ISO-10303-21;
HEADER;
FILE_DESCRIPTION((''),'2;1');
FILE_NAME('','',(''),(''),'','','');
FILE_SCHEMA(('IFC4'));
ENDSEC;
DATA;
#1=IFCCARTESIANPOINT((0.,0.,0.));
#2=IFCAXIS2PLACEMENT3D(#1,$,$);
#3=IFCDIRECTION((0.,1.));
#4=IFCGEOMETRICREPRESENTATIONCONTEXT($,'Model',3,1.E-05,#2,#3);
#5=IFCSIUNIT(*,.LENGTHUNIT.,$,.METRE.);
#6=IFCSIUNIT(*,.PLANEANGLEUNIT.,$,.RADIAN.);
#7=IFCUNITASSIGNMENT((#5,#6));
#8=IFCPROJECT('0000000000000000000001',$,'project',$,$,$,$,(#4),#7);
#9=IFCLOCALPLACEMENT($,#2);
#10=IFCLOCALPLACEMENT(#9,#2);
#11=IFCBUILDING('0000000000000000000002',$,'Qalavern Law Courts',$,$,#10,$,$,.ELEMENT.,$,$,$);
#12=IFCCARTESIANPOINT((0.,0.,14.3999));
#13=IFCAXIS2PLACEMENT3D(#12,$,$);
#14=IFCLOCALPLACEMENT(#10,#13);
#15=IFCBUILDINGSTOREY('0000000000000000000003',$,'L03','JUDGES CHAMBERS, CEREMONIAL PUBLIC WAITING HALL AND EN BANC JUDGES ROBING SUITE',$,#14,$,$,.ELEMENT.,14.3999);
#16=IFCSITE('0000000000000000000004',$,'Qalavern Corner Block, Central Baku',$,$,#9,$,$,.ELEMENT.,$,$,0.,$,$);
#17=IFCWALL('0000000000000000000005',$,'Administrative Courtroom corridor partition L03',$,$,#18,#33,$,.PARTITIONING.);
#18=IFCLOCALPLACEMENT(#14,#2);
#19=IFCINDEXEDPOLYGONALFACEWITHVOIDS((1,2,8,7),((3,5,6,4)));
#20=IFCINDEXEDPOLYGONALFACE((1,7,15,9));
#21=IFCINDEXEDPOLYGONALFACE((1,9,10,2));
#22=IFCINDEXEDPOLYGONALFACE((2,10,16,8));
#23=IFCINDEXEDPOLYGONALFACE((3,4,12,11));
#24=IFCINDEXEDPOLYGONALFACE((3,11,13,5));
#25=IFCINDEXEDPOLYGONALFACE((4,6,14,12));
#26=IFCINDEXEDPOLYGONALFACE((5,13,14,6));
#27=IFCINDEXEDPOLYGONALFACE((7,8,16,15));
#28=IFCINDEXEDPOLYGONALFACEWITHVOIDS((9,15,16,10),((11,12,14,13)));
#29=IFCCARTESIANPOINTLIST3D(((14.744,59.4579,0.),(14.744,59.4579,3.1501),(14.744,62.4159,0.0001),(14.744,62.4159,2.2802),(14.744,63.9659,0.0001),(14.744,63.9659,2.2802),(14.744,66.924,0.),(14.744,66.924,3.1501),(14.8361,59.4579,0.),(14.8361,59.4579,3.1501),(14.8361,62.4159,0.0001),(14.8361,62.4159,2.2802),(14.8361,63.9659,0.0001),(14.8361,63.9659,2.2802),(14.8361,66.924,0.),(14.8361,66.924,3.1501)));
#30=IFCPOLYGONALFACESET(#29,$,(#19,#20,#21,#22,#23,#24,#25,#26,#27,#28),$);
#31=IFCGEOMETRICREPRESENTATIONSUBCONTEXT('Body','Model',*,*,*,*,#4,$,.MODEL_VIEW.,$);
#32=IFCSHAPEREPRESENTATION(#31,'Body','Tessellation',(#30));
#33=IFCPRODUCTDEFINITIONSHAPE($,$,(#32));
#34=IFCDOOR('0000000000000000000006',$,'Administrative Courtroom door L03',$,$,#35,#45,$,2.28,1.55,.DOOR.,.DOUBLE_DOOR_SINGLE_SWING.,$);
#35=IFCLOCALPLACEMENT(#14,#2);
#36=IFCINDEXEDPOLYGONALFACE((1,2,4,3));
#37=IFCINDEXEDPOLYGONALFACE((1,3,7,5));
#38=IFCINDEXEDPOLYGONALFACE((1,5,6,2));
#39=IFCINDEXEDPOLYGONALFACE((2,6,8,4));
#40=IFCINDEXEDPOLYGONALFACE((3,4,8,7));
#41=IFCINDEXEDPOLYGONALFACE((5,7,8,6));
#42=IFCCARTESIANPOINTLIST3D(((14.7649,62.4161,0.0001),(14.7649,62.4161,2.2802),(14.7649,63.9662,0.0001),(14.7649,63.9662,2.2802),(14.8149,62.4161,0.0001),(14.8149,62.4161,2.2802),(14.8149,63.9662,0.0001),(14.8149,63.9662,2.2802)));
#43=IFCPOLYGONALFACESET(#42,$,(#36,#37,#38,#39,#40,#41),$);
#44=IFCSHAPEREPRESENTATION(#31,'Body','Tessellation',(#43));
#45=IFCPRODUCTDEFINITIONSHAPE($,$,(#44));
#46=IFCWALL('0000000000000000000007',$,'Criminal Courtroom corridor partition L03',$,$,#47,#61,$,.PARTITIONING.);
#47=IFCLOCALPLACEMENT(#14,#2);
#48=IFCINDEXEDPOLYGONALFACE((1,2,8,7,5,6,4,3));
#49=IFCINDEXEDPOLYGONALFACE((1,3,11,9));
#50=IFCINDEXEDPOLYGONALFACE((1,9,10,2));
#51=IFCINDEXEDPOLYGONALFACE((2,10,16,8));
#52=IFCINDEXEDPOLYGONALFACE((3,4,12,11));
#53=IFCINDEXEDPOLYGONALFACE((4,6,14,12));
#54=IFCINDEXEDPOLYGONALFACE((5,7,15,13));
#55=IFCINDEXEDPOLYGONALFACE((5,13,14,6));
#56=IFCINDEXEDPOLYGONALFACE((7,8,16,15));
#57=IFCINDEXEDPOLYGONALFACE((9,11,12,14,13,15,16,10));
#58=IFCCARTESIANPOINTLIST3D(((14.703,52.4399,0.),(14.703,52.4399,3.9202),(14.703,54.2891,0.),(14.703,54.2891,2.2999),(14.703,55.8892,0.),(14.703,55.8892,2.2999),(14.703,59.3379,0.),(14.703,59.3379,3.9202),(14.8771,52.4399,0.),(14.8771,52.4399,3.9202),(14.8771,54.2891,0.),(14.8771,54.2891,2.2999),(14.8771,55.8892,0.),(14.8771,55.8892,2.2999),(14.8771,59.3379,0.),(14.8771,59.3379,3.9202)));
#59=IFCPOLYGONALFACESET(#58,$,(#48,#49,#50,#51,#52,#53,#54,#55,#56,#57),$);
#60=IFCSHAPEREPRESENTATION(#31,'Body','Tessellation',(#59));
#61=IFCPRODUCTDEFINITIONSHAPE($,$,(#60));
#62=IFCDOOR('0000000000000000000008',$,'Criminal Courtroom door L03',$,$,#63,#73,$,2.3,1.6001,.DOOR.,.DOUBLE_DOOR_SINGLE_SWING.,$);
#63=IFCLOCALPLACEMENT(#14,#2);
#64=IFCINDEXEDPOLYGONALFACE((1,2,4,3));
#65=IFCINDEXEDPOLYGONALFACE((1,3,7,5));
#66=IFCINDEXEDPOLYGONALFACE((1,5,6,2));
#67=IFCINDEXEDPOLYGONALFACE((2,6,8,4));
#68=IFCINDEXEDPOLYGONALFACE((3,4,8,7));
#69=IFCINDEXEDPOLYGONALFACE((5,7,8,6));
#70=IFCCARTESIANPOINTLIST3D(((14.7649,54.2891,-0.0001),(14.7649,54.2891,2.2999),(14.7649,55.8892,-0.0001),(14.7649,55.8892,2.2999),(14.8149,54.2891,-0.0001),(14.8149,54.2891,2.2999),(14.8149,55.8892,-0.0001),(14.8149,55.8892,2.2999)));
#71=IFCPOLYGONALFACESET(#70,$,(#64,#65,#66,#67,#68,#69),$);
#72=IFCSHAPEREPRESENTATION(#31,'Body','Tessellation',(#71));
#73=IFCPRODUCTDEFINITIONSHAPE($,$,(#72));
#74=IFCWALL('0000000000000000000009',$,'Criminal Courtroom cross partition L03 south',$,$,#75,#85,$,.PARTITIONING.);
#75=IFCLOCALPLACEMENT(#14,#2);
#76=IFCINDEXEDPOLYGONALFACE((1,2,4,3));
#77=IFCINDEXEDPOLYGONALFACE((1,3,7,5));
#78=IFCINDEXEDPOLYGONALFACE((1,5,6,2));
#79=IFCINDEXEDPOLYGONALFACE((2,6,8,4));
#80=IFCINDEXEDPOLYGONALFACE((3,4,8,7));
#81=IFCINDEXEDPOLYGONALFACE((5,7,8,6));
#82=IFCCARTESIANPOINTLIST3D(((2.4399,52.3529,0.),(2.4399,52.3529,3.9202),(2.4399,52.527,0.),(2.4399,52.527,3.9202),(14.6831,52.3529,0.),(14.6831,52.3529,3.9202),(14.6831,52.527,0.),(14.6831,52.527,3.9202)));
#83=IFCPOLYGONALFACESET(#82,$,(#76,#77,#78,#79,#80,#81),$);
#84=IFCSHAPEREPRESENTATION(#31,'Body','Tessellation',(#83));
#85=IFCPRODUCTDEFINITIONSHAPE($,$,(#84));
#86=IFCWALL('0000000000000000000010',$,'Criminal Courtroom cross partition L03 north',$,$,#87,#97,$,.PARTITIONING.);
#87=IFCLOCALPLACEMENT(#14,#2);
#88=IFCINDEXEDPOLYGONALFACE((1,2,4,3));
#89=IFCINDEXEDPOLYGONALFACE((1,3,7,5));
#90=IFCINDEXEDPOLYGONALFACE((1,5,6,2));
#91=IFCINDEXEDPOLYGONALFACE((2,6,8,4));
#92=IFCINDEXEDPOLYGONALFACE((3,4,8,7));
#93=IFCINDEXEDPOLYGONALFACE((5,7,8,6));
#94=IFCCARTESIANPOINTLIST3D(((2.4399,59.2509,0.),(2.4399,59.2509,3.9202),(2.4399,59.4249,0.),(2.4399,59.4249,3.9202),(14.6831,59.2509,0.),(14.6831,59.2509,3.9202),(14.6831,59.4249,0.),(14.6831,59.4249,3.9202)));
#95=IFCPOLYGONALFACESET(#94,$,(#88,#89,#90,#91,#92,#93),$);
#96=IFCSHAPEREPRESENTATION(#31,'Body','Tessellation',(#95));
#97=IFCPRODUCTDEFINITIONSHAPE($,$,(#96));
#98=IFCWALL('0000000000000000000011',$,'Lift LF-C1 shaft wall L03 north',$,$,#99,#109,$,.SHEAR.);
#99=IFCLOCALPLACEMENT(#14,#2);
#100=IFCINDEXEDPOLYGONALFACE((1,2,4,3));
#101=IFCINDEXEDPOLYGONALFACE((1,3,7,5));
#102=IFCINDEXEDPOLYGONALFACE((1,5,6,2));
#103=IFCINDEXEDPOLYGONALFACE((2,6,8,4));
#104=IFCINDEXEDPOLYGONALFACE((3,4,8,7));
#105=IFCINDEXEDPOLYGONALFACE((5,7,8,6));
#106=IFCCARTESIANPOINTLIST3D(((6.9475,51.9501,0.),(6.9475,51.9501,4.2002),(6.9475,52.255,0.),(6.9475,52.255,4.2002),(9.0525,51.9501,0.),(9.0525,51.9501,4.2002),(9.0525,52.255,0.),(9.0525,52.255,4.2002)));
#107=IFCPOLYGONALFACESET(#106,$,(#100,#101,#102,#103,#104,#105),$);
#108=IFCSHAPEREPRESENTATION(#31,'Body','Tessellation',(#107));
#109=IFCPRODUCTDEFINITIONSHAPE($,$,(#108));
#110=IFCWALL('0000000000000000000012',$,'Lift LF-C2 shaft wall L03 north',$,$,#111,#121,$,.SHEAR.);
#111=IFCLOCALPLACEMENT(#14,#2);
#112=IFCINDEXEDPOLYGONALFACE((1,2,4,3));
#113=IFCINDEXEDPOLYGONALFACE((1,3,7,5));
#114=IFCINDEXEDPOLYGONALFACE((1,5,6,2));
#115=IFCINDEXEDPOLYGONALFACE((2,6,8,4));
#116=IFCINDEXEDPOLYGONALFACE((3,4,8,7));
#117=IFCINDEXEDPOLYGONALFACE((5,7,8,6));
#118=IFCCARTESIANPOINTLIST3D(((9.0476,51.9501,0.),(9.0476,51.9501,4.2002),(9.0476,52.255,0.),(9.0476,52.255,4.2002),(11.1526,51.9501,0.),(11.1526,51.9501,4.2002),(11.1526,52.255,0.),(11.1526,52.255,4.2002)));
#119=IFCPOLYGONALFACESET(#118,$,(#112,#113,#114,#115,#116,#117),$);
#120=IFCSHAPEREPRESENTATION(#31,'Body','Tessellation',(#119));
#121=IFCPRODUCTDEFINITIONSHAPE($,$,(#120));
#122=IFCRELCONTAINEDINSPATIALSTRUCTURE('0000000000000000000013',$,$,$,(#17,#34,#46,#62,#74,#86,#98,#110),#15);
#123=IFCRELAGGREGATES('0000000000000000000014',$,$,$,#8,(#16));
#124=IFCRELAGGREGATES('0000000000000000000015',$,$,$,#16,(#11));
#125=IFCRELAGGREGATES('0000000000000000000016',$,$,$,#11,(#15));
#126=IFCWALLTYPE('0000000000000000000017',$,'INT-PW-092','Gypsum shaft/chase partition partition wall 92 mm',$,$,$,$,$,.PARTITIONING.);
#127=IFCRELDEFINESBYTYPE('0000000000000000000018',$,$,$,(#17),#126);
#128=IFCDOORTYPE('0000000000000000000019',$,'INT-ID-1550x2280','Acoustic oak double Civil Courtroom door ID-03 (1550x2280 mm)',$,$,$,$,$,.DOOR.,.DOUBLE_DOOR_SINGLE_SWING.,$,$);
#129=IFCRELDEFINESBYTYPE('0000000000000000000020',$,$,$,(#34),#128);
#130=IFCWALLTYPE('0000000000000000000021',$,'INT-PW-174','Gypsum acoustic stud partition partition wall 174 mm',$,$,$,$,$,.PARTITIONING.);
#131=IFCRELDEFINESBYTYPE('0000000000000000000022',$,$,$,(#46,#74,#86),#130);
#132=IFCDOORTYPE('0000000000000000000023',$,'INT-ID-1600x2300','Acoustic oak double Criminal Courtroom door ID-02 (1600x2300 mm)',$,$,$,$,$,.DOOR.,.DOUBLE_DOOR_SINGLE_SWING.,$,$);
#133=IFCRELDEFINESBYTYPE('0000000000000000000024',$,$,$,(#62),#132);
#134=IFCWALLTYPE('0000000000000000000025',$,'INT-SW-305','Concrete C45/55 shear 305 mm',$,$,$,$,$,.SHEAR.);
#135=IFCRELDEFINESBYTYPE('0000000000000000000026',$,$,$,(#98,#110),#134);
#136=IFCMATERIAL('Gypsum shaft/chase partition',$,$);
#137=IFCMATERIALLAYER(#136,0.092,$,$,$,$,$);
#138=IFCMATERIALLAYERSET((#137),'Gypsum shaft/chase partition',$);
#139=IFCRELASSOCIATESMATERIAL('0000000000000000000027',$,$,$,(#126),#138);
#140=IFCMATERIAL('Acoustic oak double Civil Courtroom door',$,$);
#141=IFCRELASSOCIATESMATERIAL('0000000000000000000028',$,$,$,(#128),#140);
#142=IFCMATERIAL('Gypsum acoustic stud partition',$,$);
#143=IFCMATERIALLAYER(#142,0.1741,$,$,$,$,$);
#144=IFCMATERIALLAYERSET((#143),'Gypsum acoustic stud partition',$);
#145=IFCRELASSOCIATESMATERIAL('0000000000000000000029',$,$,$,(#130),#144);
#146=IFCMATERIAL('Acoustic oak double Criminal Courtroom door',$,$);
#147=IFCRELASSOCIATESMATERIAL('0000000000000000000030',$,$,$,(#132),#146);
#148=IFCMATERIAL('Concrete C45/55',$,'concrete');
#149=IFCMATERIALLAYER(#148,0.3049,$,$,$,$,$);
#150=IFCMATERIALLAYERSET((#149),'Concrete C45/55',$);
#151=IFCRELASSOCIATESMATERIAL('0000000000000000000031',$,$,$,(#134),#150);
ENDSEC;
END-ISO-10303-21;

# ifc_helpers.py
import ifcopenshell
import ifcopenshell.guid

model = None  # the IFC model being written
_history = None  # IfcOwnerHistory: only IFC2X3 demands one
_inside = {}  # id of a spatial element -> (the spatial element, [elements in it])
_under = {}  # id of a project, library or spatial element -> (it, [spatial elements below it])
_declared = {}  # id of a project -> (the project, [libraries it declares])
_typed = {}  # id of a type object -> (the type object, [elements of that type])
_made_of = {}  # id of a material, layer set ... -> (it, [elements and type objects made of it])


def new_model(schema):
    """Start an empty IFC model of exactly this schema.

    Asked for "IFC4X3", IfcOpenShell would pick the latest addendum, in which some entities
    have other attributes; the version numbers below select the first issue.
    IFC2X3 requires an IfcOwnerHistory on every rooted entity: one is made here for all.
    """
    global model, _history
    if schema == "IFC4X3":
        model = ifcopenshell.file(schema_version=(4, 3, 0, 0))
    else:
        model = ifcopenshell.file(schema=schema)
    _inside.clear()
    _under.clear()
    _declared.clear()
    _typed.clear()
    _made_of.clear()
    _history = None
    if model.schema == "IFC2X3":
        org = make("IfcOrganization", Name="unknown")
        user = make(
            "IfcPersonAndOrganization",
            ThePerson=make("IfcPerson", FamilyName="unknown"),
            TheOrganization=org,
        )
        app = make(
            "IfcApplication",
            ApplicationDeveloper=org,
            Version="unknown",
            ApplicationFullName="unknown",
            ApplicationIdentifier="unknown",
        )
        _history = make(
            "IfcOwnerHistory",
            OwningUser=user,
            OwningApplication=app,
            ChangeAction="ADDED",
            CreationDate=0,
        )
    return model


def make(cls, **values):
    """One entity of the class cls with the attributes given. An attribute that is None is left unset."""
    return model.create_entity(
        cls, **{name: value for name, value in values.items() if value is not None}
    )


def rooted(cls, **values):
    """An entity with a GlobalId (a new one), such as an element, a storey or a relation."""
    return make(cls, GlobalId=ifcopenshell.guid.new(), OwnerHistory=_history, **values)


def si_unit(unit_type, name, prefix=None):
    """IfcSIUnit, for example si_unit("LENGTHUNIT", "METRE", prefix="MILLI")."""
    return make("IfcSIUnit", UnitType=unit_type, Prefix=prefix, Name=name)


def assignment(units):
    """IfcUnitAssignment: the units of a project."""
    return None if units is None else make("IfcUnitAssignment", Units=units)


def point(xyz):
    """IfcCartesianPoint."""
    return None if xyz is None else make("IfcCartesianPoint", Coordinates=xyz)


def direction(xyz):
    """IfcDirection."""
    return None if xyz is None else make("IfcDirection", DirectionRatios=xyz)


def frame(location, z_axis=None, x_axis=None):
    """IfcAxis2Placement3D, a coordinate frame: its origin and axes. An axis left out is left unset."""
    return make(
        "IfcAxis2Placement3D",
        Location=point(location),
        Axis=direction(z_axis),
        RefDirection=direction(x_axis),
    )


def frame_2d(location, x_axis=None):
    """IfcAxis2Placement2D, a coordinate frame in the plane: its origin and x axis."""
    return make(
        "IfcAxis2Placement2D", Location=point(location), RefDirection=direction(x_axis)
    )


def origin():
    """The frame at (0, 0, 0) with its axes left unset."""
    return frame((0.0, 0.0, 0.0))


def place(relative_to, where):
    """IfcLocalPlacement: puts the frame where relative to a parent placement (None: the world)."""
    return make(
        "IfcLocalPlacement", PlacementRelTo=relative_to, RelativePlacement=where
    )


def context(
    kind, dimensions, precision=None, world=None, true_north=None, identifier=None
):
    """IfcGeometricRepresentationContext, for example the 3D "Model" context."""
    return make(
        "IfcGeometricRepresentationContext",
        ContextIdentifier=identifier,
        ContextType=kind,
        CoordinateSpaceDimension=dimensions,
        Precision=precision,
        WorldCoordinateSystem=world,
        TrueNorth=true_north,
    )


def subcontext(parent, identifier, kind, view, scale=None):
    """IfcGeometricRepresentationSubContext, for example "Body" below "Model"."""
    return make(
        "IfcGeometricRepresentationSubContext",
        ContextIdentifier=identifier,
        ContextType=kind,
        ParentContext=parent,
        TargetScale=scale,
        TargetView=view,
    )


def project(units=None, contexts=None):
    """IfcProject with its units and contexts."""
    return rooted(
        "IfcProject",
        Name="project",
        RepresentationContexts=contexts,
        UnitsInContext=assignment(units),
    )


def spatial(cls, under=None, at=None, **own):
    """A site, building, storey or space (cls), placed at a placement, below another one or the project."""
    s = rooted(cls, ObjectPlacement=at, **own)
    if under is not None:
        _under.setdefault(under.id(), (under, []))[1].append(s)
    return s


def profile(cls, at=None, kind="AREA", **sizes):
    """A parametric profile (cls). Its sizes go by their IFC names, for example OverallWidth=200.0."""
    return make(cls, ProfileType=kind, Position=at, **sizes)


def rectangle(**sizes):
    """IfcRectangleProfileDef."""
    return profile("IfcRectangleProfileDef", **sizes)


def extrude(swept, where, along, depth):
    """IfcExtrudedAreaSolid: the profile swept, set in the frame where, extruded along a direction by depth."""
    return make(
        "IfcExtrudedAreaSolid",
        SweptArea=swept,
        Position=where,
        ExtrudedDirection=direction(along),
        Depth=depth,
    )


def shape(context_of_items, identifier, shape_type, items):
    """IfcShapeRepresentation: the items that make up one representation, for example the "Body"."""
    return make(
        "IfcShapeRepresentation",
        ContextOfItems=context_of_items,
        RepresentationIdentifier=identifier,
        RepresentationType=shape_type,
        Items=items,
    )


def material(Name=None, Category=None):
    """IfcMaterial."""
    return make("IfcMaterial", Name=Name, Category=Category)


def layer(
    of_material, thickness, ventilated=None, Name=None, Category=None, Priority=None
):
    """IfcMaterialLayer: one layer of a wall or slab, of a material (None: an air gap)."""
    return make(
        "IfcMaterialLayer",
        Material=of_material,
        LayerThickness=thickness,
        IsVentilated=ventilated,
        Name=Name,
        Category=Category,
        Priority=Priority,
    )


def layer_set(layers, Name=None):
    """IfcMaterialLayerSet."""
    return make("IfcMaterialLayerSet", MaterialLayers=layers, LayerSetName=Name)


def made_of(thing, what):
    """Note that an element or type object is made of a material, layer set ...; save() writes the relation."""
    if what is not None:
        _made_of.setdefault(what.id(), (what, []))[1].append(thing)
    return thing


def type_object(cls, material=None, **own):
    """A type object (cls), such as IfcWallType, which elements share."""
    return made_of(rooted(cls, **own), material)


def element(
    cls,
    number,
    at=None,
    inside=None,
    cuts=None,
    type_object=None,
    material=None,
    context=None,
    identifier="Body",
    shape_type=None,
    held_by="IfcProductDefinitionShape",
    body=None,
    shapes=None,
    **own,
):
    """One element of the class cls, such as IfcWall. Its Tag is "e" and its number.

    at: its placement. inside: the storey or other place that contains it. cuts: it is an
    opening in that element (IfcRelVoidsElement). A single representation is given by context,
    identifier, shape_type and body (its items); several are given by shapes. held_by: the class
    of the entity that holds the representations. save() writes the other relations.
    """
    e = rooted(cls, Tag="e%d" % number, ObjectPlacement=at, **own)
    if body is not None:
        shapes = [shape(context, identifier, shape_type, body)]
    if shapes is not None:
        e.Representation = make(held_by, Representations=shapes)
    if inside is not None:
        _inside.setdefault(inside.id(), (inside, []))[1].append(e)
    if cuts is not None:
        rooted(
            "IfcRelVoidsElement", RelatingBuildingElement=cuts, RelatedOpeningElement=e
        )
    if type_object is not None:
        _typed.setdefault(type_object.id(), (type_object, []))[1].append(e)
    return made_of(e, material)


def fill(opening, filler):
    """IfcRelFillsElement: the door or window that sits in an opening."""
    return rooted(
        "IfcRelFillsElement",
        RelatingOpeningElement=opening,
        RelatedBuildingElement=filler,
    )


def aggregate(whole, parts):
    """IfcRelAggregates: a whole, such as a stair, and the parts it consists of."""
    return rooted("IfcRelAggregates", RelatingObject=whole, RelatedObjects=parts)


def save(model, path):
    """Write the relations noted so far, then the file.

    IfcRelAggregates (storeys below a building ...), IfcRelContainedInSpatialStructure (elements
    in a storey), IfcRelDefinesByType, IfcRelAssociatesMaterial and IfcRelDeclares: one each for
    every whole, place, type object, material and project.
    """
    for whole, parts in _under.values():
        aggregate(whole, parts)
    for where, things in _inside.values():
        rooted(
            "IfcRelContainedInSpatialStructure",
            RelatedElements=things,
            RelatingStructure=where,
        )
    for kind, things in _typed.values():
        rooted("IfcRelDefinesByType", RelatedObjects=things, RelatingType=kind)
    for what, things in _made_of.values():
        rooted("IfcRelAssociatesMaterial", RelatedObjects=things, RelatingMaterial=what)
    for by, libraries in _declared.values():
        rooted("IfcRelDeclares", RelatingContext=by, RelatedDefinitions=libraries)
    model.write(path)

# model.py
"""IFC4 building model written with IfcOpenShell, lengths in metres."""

from ifc_helpers import new_model, si_unit, direction, frame, frame_2d, origin, place, context, subcontext, project, spatial, rectangle, extrude, material, layer, layer_set, type_object, element, fill, save


model = new_model("IFC4")

# Units and contexts
model_context = context("Model", 3, precision=1e-05, world=origin(), true_north=direction((0.0, 1.0)))
body_context = subcontext(model_context, "Body", "Model", "MODEL_VIEW")
ifc_project = project(units=[si_unit("LENGTHUNIT", "METRE"), si_unit("PLANEANGLEUNIT", "RADIAN")], contexts=[model_context])

# Site, building, storey
site_placement = place(None, origin())
site = spatial("IfcSite", under=ifc_project, at=site_placement, Name="Qalavern Corner Block, Central Baku", CompositionType="ELEMENT", RefElevation=0.0)
building_placement = place(site_placement, origin())
building = spatial("IfcBuilding", under=site, at=building_placement, Name="Qalavern Law Courts", CompositionType="ELEMENT")
storey_placement = place(building_placement, frame((0.0, 0.0, 14.3999)))
storey = spatial("IfcBuildingStorey", under=building, at=storey_placement, Name="L03", Description="JUDGES CHAMBERS, CEREMONIAL PUBLIC WAITING HALL AND EN BANC JUDGES ROBING SUITE", CompositionType="ELEMENT", Elevation=14.3999)

# Shared definitions
ifc_material_1 = material(Name="Concrete C45/55", Category="concrete")

# Walls, openings, doors
ifc_material_2 = material(Name="Gypsum shaft/chase partition")
ifc_layer_1 = layer(ifc_material_2, 0.092)
ifc_layer_set_1 = layer_set([ifc_layer_1], Name="Gypsum shaft/chase partition")
wall_type_1 = type_object("IfcWallType", Name="INT-PW-092", Description="Gypsum shaft/chase partition partition wall 92 mm", PredefinedType="PARTITIONING", material=ifc_layer_set_1)
wall_1_placement = place(storey_placement, frame((14.79, 59.458, 0.0), z_axis=(0.0, 0.0, 1.0), x_axis=(0.0, 1.0, 0.0)))
wall_1 = element("IfcWall", 1, at=wall_1_placement, inside=storey, type_object=wall_type_1, Name="Administrative Courtroom corridor partition L03", PredefinedType="PARTITIONING", context=body_context, shape_type="SweptSolid", body=[
    extrude(rectangle(XDim=7.4661, YDim=0.092, at=frame_2d((3.7329, 0.0))), origin(), (0.0, 0.0, 1.0), 3.1501),
])
opening_1_placement = place(wall_1_placement, frame((2.958, 0.0, 0.0)))
opening_1 = element("IfcOpeningElement", 2, at=opening_1_placement, cuts=wall_1, PredefinedType="OPENING", context=body_context, shape_type="SweptSolid", body=[
    extrude(rectangle(XDim=1.55, YDim=2.28, at=frame_2d((0.7749, 1.1401))), frame((0.0, 0.061, 0.0), z_axis=(0.0, -1.0, 0.0), x_axis=(1.0, 0.0, 0.0)), (0.0, 0.0, 1.0), 0.1218),
])
ifc_material_3 = material(Name="Acoustic oak double Civil Courtroom door")
door_type_1 = type_object("IfcDoorType", Name="INT-ID-1550x2280", Description="Acoustic oak double Civil Courtroom door ID-03 (1550x2280 mm)", OperationType="DOUBLE_DOOR_SINGLE_SWING", PredefinedType="DOOR", material=ifc_material_3)
door_1_placement = place(opening_1_placement, frame((1.55, 0.0, 0.0), z_axis=(0.0, 0.0, 1.0), x_axis=(-1.0, 0.0, 0.0)))
door_1 = element("IfcDoor", 3, at=door_1_placement, inside=storey, type_object=door_type_1, Name="Administrative Courtroom door L03", OperationType="DOUBLE_DOOR_SINGLE_SWING", OverallHeight=2.28, OverallWidth=1.55, PredefinedType="DOOR", context=body_context, shape_type="SweptSolid", body=[
    extrude(rectangle(XDim=1.55, YDim=2.28, at=frame_2d((0.7749, 1.1401))), frame((0.0, 0.0249, 0.0), z_axis=(0.0, -1.0, 0.0), x_axis=(1.0, 0.0, 0.0)), (0.0, 0.0, 1.0), 0.05),
])
fill(opening_1, door_1)
ifc_material_4 = material(Name="Gypsum acoustic stud partition")
ifc_layer_2 = layer(ifc_material_4, 0.1741)
ifc_layer_set_2 = layer_set([ifc_layer_2], Name="Gypsum acoustic stud partition")
wall_type_2 = type_object("IfcWallType", Name="INT-PW-174", Description="Gypsum acoustic stud partition partition wall 174 mm", PredefinedType="PARTITIONING", material=ifc_layer_set_2)
wall_2_placement = place(storey_placement, frame((14.79, 52.4399, 0.0), z_axis=(0.0, 0.0, 1.0), x_axis=(0.0, 1.0, 0.0)))
wall_2 = element("IfcWall", 4, at=wall_2_placement, inside=storey, type_object=wall_type_2, Name="Criminal Courtroom corridor partition L03", PredefinedType="PARTITIONING", context=body_context, shape_type="SweptSolid", body=[
    extrude(rectangle(XDim=6.8979, YDim=0.1741, at=frame_2d((3.449, 0.0))), origin(), (0.0, 0.0, 1.0), 3.9202),
])
opening_2_placement = place(wall_2_placement, frame((1.8491, 0.0, 0.0)))
opening_2 = element("IfcOpeningElement", 5, at=opening_2_placement, cuts=wall_2, PredefinedType="OPENING", context=body_context, shape_type="SweptSolid", body=[
    extrude(rectangle(XDim=1.6001, YDim=2.3, at=frame_2d((0.8, 1.1499))), frame((0.0, 0.1021, 0.0), z_axis=(0.0, -1.0, 0.0), x_axis=(1.0, 0.0, 0.0)), (0.0, 0.0, 1.0), 0.2039),
])
ifc_material_5 = material(Name="Acoustic oak double Criminal Courtroom door")
door_type_2 = type_object("IfcDoorType", Name="INT-ID-1600x2300", Description="Acoustic oak double Criminal Courtroom door ID-02 (1600x2300 mm)", OperationType="DOUBLE_DOOR_SINGLE_SWING", PredefinedType="DOOR", material=ifc_material_5)
door_2_placement = place(opening_2_placement, frame((1.6001, 0.0, 0.0), z_axis=(0.0, 0.0, 1.0), x_axis=(-1.0, 0.0, 0.0)))
door_2 = element("IfcDoor", 6, at=door_2_placement, inside=storey, type_object=door_type_2, Name="Criminal Courtroom door L03", OperationType="DOUBLE_DOOR_SINGLE_SWING", OverallHeight=2.3, OverallWidth=1.6001, PredefinedType="DOOR", context=body_context, shape_type="SweptSolid", body=[
    extrude(rectangle(XDim=1.6001, YDim=2.3, at=frame_2d((0.8, 1.1499))), frame((0.0, 0.0249, 0.0), z_axis=(0.0, -1.0, 0.0), x_axis=(1.0, 0.0, 0.0)), (0.0, 0.0, 1.0), 0.05),
])
fill(opening_2, door_2)

# Walls
for number, where, z_axis, x_axis, name in (
    (7, (2.4399, 52.4399, 0.0), (0.0, 0.0, 1.0), (1.0, 0.0, 0.0), "Criminal Courtroom cross partition L03 south"),
    (8, (2.4399, 59.3379, 0.0), (0.0, 0.0, 1.0), (1.0, 0.0, 0.0), "Criminal Courtroom cross partition L03 north"),
):
    element("IfcWall", number, at=place(storey_placement, frame(where, z_axis=z_axis, x_axis=x_axis)), inside=storey, type_object=wall_type_2, Name=name, PredefinedType="PARTITIONING", context=body_context, shape_type="SweptSolid", body=[
        extrude(rectangle(XDim=12.2432, YDim=0.1741, at=frame_2d((6.1216, 0.0))), origin(), (0.0, 0.0, 1.0), 3.9202),
    ])
ifc_layer_3 = layer(ifc_material_1, 0.3049)
ifc_layer_set_3 = layer_set([ifc_layer_3], Name="Concrete C45/55")
wall_type_3 = type_object("IfcWallType", Name="INT-SW-305", Description="Concrete C45/55 shear 305 mm", PredefinedType="SHEAR", material=ifc_layer_set_3)
for number, where, z_axis, x_axis, name in (
    (9, (9.0525, 52.1025, 0.0), (0.0, 0.0, 1.0), (-1.0, 0.0, 0.0), "Lift LF-C1 shaft wall L03 north"),
    (10, (11.1526, 52.1025, 0.0), (0.0, 0.0, 1.0), (-1.0, 0.0, 0.0), "Lift LF-C2 shaft wall L03 north"),
):
    element("IfcWall", number, at=place(storey_placement, frame(where, z_axis=z_axis, x_axis=x_axis)), inside=storey, type_object=wall_type_3, Name=name, PredefinedType="SHEAR", context=body_context, shape_type="SweptSolid", body=[
        extrude(rectangle(XDim=2.105, YDim=0.3049, at=frame_2d((1.0525, 0.0))), origin(), (0.0, 0.0, 1.0), 4.2002),
    ])

save(model, "model.ifc")
